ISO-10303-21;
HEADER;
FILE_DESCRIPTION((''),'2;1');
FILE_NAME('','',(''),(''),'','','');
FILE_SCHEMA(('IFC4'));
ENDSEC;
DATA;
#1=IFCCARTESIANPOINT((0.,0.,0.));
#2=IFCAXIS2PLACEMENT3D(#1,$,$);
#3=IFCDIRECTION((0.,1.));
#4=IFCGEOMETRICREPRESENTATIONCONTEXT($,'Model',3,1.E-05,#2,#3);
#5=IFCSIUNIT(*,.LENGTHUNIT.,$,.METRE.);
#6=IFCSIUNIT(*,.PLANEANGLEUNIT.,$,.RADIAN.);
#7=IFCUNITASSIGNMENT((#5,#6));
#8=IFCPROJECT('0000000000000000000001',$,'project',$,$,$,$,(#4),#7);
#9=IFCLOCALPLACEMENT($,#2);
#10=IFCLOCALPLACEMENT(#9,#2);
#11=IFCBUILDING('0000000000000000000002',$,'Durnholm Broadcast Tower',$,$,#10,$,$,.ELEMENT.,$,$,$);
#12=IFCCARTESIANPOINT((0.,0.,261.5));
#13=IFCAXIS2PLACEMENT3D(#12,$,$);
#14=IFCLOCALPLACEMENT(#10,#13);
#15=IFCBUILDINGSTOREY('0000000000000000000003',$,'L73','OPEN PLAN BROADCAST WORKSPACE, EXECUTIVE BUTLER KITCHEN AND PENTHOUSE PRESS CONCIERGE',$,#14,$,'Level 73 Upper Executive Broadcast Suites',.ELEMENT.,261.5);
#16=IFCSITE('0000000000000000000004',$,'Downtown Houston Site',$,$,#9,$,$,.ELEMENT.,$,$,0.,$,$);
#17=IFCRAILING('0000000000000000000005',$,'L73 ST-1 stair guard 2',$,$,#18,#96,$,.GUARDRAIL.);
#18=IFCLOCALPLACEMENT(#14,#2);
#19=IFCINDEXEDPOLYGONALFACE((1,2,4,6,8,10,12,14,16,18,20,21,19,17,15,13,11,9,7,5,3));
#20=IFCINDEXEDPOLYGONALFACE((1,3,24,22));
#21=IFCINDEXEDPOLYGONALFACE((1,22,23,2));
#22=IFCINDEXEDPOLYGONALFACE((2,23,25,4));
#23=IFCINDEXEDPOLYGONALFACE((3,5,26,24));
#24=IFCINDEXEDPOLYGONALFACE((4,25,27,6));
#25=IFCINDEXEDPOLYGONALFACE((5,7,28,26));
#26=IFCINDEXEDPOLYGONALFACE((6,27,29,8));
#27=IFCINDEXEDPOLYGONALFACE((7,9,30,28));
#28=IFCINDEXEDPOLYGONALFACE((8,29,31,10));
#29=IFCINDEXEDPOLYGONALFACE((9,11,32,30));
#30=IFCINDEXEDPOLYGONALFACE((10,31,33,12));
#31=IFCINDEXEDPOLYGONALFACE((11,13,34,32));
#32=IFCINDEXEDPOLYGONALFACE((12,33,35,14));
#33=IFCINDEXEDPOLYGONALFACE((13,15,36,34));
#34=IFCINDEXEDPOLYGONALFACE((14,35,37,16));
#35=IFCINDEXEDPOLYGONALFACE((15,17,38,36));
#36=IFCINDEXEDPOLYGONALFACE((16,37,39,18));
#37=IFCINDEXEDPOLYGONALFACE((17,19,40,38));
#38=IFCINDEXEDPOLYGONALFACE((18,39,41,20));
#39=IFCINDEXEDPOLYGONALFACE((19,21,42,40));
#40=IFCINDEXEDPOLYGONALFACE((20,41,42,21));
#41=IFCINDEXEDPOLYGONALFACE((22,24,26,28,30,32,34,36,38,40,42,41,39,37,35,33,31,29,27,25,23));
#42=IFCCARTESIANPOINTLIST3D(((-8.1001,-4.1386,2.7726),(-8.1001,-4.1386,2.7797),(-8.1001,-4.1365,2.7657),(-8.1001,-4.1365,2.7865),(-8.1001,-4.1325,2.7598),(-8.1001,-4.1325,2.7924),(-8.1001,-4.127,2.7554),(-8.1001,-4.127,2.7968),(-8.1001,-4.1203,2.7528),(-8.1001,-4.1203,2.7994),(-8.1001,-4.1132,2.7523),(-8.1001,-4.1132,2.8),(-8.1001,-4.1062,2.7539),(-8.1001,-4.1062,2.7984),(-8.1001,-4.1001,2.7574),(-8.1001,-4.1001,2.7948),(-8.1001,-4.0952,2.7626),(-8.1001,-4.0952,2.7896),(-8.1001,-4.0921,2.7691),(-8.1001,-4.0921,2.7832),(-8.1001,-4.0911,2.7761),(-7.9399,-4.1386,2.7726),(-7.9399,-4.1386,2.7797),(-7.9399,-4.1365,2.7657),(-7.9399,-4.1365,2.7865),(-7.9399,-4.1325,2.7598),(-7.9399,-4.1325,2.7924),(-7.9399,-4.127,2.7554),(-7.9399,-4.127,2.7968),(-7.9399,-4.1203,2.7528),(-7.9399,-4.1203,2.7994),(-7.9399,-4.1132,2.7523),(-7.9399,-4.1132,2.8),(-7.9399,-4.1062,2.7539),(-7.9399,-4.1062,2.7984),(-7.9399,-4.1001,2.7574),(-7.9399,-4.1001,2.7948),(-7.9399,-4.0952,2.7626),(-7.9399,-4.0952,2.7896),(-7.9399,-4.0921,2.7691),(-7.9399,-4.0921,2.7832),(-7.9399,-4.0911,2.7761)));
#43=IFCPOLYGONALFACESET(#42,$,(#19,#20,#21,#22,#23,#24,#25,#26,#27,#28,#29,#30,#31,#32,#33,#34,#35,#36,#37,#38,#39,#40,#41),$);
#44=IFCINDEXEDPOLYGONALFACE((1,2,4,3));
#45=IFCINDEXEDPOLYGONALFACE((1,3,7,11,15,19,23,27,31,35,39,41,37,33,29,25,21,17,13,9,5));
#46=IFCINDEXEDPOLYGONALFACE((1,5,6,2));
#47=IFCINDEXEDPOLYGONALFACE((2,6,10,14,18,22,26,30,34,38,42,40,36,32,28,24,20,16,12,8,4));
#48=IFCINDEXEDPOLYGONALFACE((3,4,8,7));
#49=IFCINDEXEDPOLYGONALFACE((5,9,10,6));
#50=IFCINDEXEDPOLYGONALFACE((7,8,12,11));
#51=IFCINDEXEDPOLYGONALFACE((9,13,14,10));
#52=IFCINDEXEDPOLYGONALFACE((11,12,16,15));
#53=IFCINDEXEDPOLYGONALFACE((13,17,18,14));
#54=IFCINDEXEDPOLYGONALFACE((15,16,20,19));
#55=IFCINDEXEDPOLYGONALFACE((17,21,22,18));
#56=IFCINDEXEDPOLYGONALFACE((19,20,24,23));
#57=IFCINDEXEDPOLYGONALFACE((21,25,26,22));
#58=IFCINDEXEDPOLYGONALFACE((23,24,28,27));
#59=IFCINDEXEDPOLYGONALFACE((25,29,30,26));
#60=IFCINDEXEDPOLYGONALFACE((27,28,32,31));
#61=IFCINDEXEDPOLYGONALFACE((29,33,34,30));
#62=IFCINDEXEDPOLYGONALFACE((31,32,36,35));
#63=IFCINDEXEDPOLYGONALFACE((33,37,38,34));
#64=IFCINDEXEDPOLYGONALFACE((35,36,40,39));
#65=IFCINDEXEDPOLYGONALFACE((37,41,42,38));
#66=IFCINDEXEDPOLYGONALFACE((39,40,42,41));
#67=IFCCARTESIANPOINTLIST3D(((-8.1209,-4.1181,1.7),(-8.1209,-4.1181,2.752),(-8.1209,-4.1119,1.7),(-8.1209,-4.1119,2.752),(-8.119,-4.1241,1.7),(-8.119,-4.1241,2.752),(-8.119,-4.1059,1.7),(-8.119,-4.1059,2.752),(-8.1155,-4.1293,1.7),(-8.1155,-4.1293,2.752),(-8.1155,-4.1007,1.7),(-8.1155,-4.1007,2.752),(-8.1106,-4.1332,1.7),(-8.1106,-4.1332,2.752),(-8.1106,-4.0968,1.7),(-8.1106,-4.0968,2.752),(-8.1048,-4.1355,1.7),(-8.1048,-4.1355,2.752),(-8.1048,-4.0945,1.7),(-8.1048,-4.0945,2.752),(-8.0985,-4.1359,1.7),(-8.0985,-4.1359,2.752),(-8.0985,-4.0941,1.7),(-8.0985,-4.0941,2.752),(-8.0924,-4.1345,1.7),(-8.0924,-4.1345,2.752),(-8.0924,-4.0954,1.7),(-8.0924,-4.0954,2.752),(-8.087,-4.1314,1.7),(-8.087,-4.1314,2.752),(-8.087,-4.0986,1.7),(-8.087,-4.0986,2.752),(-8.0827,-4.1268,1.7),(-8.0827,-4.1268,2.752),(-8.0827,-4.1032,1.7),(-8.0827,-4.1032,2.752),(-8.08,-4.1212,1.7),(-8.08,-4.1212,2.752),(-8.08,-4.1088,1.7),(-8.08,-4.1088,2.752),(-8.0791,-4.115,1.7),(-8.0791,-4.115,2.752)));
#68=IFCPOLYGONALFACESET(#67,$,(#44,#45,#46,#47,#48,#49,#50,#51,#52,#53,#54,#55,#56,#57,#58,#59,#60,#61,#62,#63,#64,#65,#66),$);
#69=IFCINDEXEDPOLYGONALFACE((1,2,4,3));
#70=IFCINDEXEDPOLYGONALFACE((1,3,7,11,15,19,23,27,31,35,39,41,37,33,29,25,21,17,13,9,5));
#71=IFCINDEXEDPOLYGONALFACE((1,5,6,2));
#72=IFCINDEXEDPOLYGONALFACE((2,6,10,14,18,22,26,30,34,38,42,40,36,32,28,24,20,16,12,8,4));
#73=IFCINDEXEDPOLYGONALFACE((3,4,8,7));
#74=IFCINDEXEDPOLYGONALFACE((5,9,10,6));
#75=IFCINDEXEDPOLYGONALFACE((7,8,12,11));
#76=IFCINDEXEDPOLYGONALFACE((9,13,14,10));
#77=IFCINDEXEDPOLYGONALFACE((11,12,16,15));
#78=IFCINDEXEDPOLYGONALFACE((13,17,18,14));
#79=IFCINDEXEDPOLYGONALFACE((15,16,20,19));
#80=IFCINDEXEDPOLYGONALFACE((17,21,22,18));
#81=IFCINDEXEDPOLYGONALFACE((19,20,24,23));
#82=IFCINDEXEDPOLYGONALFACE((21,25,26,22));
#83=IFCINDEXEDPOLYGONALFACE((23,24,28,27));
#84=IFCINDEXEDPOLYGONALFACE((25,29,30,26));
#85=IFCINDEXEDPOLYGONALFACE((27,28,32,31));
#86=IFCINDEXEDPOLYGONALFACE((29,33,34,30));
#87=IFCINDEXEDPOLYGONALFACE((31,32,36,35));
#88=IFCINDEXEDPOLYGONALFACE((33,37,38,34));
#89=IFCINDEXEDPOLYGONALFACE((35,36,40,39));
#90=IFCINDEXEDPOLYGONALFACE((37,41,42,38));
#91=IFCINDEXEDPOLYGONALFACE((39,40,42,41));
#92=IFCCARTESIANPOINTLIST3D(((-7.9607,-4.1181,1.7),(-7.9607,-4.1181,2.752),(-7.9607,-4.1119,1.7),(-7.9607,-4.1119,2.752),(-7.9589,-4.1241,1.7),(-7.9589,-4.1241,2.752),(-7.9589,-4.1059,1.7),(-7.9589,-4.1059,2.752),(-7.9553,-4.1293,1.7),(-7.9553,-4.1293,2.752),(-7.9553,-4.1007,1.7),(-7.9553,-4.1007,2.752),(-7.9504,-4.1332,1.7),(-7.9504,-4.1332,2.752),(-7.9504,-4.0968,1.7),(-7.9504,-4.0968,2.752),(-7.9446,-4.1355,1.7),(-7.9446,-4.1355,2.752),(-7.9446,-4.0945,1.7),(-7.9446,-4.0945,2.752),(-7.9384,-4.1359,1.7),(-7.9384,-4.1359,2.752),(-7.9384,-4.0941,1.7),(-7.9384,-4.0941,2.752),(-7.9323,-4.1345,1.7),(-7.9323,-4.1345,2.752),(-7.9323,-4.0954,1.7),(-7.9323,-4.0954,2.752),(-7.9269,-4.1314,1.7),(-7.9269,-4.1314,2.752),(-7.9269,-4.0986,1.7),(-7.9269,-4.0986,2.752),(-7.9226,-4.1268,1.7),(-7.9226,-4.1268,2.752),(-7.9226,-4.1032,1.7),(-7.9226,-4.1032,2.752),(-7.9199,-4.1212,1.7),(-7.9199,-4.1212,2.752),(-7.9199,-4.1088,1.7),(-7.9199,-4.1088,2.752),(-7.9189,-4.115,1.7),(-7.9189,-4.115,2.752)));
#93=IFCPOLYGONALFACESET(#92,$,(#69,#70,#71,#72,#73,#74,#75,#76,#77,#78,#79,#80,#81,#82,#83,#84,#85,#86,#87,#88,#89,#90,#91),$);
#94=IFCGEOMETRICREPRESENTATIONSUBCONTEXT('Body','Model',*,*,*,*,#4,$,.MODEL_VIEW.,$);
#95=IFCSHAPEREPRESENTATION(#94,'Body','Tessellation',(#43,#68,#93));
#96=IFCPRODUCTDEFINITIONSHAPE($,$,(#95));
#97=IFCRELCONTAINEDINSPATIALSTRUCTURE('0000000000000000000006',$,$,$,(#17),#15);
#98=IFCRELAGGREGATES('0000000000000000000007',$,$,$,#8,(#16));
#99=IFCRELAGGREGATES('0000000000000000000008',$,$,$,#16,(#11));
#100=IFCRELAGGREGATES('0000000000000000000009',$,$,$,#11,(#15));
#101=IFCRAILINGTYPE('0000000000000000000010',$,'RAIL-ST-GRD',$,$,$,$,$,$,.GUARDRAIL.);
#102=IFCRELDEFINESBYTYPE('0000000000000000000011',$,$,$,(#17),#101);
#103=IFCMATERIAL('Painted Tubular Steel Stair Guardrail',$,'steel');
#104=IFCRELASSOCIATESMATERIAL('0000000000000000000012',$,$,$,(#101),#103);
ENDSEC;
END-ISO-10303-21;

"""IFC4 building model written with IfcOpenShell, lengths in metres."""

from ifc_helpers import new_model, si_unit, direction, frame, origin, origin_2d, place, context, subcontext, project, spatial, circle, extrude, material, type_object, element, save


model = new_model("IFC4")

# Units and contexts
model_context = context("Model", 3, precision=1e-05, world=origin(), true_north=direction((0.0, 1.0)))
body_context = subcontext(model_context, "Body", "Model", "MODEL_VIEW")
ifc_project = project(units=[si_unit("LENGTHUNIT", "METRE"), si_unit("PLANEANGLEUNIT", "RADIAN")], contexts=[model_context])

# Site, building, storey
site_placement = place(None, origin())
site = spatial("IfcSite", under=ifc_project, at=site_placement, Name="Downtown Houston Site", CompositionType="ELEMENT", RefElevation=0.0)
building_placement = place(site_placement, origin())
building = spatial("IfcBuilding", under=site, at=building_placement, Name="Durnholm Broadcast Tower", CompositionType="ELEMENT")
storey_placement = place(building_placement, frame((0.0, 0.0, 261.5)))
storey = spatial("IfcBuildingStorey", under=building, at=storey_placement, Name="L73", Description="OPEN PLAN BROADCAST WORKSPACE, EXECUTIVE BUTLER KITCHEN AND PENTHOUSE PRESS CONCIERGE", LongName="Level 73 Upper Executive Broadcast Suites", CompositionType="ELEMENT", Elevation=261.5)

# Railing
ifc_material_1 = material(Name="Painted Tubular Steel Stair Guardrail", Category="steel")
railing_type_1 = type_object("IfcRailingType", Name="RAIL-ST-GRD", PredefinedType="GUARDRAIL", material=ifc_material_1)
railing_1_placement = place(storey_placement, frame((-8.1001, -4.115, 1.7)))
element("IfcRailing", 1, at=railing_1_placement, inside=storey, type_object=railing_type_1, Name="L73 ST-1 stair guard 2", PredefinedType="GUARDRAIL", context=body_context, shape_type="SweptSolid", body=[
    extrude(circle(Radius=0.0239, at=origin_2d()), frame((0.0, 0.0, 1.0762), z_axis=(1.0, 0.0, 0.0), x_axis=(0.0, 1.0, 0.0)), (0.0, 0.0, 1.0), 0.1602),
    extrude(circle(Radius=0.021, at=origin_2d()), origin(), (0.0, 0.0, 1.0), 1.052),
    extrude(circle(Radius=0.021, at=origin_2d()), frame((0.1602, 0.0, 0.0)), (0.0, 0.0, 1.0), 1.052),
])

save(model, "model.ifc")
